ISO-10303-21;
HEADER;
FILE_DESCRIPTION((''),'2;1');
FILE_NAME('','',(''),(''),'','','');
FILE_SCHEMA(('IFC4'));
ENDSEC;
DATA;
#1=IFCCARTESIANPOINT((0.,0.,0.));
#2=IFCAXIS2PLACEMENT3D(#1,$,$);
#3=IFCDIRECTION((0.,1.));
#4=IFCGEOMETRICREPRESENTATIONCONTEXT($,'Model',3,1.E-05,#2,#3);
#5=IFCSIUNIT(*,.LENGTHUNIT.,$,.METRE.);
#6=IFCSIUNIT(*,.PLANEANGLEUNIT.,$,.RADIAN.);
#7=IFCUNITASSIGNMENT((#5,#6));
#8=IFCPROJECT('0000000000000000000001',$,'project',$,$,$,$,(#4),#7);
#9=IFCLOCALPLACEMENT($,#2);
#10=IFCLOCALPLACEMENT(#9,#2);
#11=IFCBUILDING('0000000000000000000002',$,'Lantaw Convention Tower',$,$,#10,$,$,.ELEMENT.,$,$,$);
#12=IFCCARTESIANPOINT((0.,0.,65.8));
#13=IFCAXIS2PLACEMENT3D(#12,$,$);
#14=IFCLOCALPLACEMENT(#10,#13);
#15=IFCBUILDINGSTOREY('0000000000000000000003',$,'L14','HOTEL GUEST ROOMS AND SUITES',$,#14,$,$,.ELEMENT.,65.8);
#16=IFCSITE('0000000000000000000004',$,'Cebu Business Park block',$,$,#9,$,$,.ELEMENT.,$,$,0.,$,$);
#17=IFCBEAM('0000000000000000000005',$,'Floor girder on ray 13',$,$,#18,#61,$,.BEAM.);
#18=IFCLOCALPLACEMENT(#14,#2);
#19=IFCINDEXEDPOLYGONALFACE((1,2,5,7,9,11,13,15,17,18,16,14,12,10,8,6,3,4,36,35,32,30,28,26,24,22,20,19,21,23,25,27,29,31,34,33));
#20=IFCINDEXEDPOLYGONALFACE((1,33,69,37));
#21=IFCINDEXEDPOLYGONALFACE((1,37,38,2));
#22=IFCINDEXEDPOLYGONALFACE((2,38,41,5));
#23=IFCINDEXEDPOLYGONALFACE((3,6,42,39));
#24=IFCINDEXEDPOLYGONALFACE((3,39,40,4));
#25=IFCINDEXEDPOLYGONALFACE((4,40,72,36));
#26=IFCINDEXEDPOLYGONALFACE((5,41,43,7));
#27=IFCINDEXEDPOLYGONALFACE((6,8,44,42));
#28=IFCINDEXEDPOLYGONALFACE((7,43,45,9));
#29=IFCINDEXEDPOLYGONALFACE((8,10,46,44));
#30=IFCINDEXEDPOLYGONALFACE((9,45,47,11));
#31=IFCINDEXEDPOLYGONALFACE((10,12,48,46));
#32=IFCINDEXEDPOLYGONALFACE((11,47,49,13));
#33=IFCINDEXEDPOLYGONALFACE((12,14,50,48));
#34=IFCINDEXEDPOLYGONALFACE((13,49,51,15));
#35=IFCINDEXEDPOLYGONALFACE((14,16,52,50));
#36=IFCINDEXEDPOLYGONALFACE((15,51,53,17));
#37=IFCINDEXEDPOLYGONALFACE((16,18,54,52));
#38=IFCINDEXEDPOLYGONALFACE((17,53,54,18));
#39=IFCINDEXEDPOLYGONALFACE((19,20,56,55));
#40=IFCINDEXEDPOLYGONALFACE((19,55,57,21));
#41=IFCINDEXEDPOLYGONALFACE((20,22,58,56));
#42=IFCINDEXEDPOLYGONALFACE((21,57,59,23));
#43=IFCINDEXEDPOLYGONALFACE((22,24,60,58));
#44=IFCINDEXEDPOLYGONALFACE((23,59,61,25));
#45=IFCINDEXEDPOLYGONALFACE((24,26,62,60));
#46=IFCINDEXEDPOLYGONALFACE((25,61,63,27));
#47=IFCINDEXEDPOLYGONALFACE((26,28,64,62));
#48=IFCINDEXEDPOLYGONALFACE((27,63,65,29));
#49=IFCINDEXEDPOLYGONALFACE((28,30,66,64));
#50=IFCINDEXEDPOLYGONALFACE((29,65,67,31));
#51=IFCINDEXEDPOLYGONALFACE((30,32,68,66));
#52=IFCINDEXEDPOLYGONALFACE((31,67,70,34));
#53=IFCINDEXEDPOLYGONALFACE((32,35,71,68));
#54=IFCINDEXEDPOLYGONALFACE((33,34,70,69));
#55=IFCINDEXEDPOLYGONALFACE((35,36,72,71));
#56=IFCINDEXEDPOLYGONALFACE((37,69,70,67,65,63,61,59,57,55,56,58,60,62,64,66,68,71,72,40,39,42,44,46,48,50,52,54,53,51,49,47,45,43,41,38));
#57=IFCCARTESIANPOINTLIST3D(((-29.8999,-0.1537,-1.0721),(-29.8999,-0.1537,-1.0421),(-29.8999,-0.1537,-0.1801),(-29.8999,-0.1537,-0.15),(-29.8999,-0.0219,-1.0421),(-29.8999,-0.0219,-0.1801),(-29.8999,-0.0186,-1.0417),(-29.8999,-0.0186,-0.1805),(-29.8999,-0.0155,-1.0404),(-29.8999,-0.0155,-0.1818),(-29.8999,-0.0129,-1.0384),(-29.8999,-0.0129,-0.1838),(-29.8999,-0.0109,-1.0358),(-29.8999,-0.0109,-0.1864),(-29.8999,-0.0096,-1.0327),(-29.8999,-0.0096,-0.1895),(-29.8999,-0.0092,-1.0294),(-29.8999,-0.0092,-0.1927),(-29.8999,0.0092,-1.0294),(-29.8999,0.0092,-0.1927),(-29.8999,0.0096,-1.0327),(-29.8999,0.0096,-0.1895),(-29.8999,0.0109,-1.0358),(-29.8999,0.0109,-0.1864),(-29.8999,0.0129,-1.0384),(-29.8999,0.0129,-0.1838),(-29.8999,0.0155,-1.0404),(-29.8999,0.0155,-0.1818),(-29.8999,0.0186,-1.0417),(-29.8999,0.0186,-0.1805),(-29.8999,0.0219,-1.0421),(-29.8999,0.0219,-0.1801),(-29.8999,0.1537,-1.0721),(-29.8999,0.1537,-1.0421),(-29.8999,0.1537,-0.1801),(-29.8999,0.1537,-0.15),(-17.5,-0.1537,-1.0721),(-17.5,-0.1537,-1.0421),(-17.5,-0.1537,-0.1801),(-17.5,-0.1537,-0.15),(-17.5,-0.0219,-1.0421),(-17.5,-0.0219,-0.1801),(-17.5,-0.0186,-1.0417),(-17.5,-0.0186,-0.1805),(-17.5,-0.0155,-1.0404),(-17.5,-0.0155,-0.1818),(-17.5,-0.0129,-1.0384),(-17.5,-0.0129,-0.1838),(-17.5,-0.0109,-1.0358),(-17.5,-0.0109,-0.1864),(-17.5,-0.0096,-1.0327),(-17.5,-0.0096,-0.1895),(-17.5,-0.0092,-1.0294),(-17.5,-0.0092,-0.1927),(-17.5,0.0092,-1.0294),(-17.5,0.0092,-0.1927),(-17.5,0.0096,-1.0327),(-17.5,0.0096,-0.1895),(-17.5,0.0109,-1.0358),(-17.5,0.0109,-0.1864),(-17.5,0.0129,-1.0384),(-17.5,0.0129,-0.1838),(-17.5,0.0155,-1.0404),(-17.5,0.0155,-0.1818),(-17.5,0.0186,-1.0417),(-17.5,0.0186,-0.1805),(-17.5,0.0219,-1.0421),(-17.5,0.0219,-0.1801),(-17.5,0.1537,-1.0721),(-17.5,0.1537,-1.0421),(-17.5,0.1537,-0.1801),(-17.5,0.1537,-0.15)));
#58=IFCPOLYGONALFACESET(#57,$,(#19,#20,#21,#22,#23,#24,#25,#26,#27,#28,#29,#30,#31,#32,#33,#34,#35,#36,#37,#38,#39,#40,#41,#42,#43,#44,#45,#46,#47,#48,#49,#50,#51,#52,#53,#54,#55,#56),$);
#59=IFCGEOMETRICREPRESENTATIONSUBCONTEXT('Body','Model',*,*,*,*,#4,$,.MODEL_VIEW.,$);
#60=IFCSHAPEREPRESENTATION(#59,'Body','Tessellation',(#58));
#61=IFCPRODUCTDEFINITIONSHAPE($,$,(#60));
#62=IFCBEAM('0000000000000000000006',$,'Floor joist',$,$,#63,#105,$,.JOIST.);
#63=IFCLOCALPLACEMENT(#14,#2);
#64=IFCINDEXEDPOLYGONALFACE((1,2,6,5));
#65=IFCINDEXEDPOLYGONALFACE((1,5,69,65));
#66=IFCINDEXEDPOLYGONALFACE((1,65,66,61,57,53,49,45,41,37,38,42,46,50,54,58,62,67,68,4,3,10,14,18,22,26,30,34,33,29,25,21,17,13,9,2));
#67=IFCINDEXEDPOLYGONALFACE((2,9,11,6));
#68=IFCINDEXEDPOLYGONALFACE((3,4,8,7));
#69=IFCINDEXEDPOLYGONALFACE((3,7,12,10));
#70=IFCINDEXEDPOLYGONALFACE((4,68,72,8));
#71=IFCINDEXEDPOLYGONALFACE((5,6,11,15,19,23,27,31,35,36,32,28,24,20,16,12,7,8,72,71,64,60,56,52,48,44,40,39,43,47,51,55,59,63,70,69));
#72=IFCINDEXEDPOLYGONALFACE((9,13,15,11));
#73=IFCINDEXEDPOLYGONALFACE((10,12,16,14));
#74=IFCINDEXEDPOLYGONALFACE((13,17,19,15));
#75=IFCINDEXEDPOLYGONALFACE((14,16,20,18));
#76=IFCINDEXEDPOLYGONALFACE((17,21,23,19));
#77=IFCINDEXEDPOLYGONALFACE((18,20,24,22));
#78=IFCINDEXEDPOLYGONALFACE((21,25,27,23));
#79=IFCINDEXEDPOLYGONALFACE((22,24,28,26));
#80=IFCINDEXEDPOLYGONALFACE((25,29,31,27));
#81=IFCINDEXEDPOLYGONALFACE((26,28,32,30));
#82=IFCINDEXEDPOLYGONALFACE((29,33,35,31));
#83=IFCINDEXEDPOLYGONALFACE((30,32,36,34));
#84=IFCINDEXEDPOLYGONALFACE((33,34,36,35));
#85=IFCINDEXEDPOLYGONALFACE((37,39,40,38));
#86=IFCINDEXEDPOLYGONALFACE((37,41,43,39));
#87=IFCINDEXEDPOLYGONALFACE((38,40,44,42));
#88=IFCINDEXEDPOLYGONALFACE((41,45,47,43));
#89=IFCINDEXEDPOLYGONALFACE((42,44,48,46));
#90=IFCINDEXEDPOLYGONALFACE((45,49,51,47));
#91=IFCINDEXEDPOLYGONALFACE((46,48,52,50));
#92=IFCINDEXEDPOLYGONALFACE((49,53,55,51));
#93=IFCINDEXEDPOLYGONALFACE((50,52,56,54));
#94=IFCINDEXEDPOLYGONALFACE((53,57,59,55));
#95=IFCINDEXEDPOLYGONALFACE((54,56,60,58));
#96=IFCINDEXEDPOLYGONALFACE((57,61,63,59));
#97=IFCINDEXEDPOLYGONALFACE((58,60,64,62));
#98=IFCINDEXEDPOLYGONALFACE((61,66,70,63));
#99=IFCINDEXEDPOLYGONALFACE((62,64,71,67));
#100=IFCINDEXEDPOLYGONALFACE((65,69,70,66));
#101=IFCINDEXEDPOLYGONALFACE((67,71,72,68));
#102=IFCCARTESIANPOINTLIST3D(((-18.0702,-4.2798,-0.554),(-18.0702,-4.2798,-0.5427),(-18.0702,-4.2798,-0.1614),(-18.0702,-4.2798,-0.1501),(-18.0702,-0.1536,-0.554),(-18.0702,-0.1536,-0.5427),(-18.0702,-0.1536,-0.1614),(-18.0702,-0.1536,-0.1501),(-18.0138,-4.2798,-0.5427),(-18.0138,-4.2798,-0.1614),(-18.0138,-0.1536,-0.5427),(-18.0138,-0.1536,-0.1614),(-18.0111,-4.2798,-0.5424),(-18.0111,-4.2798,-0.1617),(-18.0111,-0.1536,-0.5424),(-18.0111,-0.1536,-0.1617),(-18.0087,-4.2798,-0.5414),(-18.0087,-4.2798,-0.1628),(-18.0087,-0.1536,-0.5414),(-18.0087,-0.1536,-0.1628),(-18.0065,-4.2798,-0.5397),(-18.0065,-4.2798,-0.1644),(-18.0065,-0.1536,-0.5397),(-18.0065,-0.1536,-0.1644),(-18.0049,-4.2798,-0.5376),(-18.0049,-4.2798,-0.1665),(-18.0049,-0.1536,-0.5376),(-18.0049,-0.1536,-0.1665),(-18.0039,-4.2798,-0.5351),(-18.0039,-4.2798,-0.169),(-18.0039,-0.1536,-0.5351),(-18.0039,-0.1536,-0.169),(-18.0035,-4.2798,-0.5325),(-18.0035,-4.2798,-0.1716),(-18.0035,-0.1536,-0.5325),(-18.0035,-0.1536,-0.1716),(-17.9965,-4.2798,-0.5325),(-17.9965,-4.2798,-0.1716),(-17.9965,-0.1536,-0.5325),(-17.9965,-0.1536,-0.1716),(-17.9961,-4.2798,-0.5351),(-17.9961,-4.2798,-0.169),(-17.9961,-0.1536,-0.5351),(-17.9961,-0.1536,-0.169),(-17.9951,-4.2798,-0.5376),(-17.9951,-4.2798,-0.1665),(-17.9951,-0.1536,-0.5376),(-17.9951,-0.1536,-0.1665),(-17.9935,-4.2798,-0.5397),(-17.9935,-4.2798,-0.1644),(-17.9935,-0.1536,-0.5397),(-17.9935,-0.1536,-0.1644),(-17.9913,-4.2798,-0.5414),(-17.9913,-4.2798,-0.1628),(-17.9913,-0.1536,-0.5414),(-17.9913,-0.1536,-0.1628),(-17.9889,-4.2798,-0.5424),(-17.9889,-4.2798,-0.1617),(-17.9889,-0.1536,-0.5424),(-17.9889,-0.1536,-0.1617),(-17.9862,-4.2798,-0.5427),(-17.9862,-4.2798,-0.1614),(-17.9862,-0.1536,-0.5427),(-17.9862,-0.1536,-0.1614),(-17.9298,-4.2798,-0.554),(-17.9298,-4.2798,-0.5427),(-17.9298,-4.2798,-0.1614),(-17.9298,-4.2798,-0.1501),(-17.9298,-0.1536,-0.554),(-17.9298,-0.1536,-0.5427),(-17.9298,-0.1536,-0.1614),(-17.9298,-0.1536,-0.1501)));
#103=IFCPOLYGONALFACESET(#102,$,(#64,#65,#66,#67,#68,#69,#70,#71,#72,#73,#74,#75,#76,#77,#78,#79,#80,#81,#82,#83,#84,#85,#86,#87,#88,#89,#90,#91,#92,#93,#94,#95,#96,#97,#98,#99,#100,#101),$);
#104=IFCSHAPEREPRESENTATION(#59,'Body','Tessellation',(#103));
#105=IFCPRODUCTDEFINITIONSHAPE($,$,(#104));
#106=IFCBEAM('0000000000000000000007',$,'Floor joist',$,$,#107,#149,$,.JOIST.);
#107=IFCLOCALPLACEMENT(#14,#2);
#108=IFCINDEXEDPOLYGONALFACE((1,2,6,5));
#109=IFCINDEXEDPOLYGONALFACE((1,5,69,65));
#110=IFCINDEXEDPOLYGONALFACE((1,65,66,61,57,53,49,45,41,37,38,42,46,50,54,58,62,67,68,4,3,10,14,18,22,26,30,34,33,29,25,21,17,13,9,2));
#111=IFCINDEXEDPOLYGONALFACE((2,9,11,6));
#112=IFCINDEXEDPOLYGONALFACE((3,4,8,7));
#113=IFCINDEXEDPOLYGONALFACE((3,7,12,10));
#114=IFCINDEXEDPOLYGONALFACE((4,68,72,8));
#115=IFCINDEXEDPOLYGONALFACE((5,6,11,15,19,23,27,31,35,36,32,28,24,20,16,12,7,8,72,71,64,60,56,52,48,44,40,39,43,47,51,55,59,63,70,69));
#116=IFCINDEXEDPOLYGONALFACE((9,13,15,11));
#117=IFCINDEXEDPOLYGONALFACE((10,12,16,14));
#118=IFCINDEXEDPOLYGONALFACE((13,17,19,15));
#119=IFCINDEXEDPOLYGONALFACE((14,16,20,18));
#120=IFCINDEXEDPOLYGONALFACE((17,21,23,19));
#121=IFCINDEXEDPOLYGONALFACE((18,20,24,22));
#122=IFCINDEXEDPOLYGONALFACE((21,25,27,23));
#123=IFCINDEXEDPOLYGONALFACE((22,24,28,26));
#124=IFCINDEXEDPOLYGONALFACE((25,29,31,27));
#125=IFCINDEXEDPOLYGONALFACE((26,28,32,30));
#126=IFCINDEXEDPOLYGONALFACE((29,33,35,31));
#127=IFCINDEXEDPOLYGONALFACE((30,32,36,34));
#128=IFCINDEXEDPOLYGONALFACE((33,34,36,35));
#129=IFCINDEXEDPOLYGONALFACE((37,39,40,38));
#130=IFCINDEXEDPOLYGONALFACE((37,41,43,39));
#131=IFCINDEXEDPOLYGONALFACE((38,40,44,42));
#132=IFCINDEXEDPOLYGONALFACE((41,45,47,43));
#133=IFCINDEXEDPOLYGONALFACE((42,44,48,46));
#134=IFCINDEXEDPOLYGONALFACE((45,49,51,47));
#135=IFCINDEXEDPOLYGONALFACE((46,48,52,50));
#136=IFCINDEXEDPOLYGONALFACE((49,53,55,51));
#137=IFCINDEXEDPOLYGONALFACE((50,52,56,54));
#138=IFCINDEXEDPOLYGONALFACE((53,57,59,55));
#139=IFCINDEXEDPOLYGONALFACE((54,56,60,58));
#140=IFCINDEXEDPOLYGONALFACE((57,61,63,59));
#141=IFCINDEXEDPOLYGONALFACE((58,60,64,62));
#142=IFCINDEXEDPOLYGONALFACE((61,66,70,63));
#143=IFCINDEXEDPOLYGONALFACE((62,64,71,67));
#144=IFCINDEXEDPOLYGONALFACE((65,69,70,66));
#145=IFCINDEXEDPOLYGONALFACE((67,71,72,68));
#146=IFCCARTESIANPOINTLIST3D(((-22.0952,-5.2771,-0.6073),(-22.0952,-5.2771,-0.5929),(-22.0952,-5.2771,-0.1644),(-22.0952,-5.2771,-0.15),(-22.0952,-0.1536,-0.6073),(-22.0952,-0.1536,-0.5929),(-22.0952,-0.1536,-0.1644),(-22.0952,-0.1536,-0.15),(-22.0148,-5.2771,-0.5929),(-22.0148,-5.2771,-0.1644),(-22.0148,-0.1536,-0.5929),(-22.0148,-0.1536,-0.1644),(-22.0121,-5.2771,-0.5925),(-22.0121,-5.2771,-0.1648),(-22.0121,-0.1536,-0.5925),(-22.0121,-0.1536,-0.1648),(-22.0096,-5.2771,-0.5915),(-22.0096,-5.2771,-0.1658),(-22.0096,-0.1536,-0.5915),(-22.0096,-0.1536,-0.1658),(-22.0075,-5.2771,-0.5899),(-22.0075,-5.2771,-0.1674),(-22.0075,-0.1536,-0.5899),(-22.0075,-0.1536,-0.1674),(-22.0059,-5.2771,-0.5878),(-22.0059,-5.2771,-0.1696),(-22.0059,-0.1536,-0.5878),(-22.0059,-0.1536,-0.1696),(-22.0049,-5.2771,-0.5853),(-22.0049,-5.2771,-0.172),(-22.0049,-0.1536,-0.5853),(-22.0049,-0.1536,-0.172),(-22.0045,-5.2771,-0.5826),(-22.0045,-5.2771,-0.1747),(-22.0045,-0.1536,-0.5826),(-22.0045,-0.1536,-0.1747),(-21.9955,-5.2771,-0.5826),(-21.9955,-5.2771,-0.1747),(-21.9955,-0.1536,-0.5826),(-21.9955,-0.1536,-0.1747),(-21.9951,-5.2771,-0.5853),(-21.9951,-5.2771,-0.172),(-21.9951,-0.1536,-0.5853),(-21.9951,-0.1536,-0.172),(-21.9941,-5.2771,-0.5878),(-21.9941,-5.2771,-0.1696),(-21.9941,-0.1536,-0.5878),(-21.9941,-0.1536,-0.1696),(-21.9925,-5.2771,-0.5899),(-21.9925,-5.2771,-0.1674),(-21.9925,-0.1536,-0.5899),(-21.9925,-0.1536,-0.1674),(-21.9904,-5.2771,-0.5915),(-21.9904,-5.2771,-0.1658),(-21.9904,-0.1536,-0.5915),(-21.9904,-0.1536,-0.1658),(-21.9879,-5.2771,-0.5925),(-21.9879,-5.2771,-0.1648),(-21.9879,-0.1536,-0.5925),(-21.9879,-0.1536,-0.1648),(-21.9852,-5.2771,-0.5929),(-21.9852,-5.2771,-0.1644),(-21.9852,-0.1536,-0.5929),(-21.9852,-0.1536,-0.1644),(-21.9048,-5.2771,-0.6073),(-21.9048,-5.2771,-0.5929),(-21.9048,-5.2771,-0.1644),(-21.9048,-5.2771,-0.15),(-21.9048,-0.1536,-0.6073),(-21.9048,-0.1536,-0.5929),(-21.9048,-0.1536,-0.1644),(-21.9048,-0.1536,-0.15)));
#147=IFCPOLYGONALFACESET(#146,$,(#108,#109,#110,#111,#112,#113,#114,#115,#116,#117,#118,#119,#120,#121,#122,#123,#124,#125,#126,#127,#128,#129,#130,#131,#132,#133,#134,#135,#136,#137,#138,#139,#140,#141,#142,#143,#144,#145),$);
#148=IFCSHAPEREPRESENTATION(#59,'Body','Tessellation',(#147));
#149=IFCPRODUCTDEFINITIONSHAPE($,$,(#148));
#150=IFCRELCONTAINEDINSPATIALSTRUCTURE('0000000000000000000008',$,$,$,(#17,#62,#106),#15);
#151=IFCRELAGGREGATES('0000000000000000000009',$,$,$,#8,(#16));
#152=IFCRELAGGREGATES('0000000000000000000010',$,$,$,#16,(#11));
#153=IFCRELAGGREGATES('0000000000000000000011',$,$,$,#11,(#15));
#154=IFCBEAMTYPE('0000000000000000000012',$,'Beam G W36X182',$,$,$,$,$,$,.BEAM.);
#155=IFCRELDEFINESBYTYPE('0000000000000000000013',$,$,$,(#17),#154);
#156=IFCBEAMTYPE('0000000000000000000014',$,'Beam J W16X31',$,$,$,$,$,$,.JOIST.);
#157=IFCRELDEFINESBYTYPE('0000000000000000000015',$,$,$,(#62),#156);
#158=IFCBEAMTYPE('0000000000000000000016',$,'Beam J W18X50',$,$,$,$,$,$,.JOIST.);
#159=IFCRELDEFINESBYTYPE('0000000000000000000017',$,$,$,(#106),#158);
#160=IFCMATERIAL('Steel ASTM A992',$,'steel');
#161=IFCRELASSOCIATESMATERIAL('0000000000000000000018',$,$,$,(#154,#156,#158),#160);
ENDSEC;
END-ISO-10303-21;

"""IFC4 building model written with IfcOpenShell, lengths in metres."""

from ifc_helpers import new_model, si_unit, direction, frame, origin, origin_2d, place, context, subcontext, project, spatial, i_section, extrude, material, material_profile, profile_set, type_object, element, save


model = new_model("IFC4")

# Units and contexts
model_context = context("Model", 3, precision=1e-05, world=origin(), true_north=direction((0.0, 1.0)))
body_context = subcontext(model_context, "Body", "Model", "MODEL_VIEW")
ifc_project = project(units=[si_unit("LENGTHUNIT", "METRE"), si_unit("PLANEANGLEUNIT", "RADIAN")], contexts=[model_context])

# Site, building, storey
site_placement = place(None, origin())
site = spatial("IfcSite", under=ifc_project, at=site_placement, Name="Cebu Business Park block", CompositionType="ELEMENT", RefElevation=0.0)
building_placement = place(site_placement, origin())
building = spatial("IfcBuilding", under=site, at=building_placement, Name="Lantaw Convention Tower", CompositionType="ELEMENT")
storey_placement = place(building_placement, frame((0.0, 0.0, 65.8)))
storey = spatial("IfcBuildingStorey", under=building, at=storey_placement, Name="L14", Description="HOTEL GUEST ROOMS AND SUITES", CompositionType="ELEMENT", Elevation=65.8)

# Beams
ifc_material_1 = material(Name="Steel ASTM A992", Category="steel")
ifc_material_profile_1 = material_profile(ifc_material_1, i_section(OverallWidth=0.3074, OverallDepth=0.9221, WebThickness=0.0183, FlangeThickness=0.03, FilletRadius=0.0127, at=origin_2d()), Name="W36X182")
ifc_profile_set_1 = profile_set([ifc_material_profile_1], Name="Steel ASTM A992")
beam_type_1 = type_object("IfcBeamType", Name="Beam G W36X182", PredefinedType="BEAM", material=ifc_profile_set_1)
beam_1_placement = place(storey_placement, frame((-17.5, 0.0, -0.6111), z_axis=(-1.0, 0.0, 0.0), x_axis=(0.0, -1.0, 0.0)))
element("IfcBeam", 1, at=beam_1_placement, inside=storey, type_object=beam_type_1, Name="Floor girder on ray 13", PredefinedType="BEAM", context=body_context, shape_type="SweptSolid", body=[
    extrude(i_section(OverallWidth=0.3074, OverallDepth=0.9221, WebThickness=0.0183, FlangeThickness=0.03, FilletRadius=0.0127, at=origin_2d()), origin(), (0.0, 0.0, 1.0), 12.3999),
])
ifc_material_profile_2 = material_profile(ifc_material_1, i_section(OverallWidth=0.1404, OverallDepth=0.4038, WebThickness=0.0071, FlangeThickness=0.0112, FilletRadius=0.0103, at=origin_2d()), Name="W16X31")
ifc_profile_set_2 = profile_set([ifc_material_profile_2], Name="Steel ASTM A992")
beam_type_2 = type_object("IfcBeamType", Name="Beam J W16X31", PredefinedType="JOIST", material=ifc_profile_set_2)
beam_2_placement = place(storey_placement, frame((-18.0, -4.2798, -0.3521), z_axis=(0.0, 1.0, 0.0), x_axis=(-1.0, 0.0, 0.0)))
element("IfcBeam", 2, at=beam_2_placement, inside=storey, type_object=beam_type_2, Name="Floor joist", PredefinedType="JOIST", context=body_context, shape_type="SweptSolid", body=[
    extrude(i_section(OverallWidth=0.1404, OverallDepth=0.4038, WebThickness=0.0071, FlangeThickness=0.0112, FilletRadius=0.0103, at=origin_2d()), origin(), (0.0, 0.0, 1.0), 4.1262),
])
ifc_material_profile_3 = material_profile(ifc_material_1, i_section(OverallWidth=0.1904, OverallDepth=0.4573, WebThickness=0.009, FlangeThickness=0.0144, FilletRadius=0.0103, at=origin_2d()), Name="W18X50")
ifc_profile_set_3 = profile_set([ifc_material_profile_3], Name="Steel ASTM A992")
beam_type_3 = type_object("IfcBeamType", Name="Beam J W18X50", PredefinedType="JOIST", material=ifc_profile_set_3)
beam_3_placement = place(storey_placement, frame((-22.0, -5.2771, -0.3787), z_axis=(0.0, 1.0, 0.0), x_axis=(-1.0, 0.0, 0.0)))
element("IfcBeam", 3, at=beam_3_placement, inside=storey, type_object=beam_type_3, Name="Floor joist", PredefinedType="JOIST", context=body_context, shape_type="SweptSolid", body=[
    extrude(i_section(OverallWidth=0.1904, OverallDepth=0.4573, WebThickness=0.009, FlangeThickness=0.0144, FilletRadius=0.0103, at=origin_2d()), origin(), (0.0, 0.0, 1.0), 5.1235),
])

save(model, "model.ifc")
